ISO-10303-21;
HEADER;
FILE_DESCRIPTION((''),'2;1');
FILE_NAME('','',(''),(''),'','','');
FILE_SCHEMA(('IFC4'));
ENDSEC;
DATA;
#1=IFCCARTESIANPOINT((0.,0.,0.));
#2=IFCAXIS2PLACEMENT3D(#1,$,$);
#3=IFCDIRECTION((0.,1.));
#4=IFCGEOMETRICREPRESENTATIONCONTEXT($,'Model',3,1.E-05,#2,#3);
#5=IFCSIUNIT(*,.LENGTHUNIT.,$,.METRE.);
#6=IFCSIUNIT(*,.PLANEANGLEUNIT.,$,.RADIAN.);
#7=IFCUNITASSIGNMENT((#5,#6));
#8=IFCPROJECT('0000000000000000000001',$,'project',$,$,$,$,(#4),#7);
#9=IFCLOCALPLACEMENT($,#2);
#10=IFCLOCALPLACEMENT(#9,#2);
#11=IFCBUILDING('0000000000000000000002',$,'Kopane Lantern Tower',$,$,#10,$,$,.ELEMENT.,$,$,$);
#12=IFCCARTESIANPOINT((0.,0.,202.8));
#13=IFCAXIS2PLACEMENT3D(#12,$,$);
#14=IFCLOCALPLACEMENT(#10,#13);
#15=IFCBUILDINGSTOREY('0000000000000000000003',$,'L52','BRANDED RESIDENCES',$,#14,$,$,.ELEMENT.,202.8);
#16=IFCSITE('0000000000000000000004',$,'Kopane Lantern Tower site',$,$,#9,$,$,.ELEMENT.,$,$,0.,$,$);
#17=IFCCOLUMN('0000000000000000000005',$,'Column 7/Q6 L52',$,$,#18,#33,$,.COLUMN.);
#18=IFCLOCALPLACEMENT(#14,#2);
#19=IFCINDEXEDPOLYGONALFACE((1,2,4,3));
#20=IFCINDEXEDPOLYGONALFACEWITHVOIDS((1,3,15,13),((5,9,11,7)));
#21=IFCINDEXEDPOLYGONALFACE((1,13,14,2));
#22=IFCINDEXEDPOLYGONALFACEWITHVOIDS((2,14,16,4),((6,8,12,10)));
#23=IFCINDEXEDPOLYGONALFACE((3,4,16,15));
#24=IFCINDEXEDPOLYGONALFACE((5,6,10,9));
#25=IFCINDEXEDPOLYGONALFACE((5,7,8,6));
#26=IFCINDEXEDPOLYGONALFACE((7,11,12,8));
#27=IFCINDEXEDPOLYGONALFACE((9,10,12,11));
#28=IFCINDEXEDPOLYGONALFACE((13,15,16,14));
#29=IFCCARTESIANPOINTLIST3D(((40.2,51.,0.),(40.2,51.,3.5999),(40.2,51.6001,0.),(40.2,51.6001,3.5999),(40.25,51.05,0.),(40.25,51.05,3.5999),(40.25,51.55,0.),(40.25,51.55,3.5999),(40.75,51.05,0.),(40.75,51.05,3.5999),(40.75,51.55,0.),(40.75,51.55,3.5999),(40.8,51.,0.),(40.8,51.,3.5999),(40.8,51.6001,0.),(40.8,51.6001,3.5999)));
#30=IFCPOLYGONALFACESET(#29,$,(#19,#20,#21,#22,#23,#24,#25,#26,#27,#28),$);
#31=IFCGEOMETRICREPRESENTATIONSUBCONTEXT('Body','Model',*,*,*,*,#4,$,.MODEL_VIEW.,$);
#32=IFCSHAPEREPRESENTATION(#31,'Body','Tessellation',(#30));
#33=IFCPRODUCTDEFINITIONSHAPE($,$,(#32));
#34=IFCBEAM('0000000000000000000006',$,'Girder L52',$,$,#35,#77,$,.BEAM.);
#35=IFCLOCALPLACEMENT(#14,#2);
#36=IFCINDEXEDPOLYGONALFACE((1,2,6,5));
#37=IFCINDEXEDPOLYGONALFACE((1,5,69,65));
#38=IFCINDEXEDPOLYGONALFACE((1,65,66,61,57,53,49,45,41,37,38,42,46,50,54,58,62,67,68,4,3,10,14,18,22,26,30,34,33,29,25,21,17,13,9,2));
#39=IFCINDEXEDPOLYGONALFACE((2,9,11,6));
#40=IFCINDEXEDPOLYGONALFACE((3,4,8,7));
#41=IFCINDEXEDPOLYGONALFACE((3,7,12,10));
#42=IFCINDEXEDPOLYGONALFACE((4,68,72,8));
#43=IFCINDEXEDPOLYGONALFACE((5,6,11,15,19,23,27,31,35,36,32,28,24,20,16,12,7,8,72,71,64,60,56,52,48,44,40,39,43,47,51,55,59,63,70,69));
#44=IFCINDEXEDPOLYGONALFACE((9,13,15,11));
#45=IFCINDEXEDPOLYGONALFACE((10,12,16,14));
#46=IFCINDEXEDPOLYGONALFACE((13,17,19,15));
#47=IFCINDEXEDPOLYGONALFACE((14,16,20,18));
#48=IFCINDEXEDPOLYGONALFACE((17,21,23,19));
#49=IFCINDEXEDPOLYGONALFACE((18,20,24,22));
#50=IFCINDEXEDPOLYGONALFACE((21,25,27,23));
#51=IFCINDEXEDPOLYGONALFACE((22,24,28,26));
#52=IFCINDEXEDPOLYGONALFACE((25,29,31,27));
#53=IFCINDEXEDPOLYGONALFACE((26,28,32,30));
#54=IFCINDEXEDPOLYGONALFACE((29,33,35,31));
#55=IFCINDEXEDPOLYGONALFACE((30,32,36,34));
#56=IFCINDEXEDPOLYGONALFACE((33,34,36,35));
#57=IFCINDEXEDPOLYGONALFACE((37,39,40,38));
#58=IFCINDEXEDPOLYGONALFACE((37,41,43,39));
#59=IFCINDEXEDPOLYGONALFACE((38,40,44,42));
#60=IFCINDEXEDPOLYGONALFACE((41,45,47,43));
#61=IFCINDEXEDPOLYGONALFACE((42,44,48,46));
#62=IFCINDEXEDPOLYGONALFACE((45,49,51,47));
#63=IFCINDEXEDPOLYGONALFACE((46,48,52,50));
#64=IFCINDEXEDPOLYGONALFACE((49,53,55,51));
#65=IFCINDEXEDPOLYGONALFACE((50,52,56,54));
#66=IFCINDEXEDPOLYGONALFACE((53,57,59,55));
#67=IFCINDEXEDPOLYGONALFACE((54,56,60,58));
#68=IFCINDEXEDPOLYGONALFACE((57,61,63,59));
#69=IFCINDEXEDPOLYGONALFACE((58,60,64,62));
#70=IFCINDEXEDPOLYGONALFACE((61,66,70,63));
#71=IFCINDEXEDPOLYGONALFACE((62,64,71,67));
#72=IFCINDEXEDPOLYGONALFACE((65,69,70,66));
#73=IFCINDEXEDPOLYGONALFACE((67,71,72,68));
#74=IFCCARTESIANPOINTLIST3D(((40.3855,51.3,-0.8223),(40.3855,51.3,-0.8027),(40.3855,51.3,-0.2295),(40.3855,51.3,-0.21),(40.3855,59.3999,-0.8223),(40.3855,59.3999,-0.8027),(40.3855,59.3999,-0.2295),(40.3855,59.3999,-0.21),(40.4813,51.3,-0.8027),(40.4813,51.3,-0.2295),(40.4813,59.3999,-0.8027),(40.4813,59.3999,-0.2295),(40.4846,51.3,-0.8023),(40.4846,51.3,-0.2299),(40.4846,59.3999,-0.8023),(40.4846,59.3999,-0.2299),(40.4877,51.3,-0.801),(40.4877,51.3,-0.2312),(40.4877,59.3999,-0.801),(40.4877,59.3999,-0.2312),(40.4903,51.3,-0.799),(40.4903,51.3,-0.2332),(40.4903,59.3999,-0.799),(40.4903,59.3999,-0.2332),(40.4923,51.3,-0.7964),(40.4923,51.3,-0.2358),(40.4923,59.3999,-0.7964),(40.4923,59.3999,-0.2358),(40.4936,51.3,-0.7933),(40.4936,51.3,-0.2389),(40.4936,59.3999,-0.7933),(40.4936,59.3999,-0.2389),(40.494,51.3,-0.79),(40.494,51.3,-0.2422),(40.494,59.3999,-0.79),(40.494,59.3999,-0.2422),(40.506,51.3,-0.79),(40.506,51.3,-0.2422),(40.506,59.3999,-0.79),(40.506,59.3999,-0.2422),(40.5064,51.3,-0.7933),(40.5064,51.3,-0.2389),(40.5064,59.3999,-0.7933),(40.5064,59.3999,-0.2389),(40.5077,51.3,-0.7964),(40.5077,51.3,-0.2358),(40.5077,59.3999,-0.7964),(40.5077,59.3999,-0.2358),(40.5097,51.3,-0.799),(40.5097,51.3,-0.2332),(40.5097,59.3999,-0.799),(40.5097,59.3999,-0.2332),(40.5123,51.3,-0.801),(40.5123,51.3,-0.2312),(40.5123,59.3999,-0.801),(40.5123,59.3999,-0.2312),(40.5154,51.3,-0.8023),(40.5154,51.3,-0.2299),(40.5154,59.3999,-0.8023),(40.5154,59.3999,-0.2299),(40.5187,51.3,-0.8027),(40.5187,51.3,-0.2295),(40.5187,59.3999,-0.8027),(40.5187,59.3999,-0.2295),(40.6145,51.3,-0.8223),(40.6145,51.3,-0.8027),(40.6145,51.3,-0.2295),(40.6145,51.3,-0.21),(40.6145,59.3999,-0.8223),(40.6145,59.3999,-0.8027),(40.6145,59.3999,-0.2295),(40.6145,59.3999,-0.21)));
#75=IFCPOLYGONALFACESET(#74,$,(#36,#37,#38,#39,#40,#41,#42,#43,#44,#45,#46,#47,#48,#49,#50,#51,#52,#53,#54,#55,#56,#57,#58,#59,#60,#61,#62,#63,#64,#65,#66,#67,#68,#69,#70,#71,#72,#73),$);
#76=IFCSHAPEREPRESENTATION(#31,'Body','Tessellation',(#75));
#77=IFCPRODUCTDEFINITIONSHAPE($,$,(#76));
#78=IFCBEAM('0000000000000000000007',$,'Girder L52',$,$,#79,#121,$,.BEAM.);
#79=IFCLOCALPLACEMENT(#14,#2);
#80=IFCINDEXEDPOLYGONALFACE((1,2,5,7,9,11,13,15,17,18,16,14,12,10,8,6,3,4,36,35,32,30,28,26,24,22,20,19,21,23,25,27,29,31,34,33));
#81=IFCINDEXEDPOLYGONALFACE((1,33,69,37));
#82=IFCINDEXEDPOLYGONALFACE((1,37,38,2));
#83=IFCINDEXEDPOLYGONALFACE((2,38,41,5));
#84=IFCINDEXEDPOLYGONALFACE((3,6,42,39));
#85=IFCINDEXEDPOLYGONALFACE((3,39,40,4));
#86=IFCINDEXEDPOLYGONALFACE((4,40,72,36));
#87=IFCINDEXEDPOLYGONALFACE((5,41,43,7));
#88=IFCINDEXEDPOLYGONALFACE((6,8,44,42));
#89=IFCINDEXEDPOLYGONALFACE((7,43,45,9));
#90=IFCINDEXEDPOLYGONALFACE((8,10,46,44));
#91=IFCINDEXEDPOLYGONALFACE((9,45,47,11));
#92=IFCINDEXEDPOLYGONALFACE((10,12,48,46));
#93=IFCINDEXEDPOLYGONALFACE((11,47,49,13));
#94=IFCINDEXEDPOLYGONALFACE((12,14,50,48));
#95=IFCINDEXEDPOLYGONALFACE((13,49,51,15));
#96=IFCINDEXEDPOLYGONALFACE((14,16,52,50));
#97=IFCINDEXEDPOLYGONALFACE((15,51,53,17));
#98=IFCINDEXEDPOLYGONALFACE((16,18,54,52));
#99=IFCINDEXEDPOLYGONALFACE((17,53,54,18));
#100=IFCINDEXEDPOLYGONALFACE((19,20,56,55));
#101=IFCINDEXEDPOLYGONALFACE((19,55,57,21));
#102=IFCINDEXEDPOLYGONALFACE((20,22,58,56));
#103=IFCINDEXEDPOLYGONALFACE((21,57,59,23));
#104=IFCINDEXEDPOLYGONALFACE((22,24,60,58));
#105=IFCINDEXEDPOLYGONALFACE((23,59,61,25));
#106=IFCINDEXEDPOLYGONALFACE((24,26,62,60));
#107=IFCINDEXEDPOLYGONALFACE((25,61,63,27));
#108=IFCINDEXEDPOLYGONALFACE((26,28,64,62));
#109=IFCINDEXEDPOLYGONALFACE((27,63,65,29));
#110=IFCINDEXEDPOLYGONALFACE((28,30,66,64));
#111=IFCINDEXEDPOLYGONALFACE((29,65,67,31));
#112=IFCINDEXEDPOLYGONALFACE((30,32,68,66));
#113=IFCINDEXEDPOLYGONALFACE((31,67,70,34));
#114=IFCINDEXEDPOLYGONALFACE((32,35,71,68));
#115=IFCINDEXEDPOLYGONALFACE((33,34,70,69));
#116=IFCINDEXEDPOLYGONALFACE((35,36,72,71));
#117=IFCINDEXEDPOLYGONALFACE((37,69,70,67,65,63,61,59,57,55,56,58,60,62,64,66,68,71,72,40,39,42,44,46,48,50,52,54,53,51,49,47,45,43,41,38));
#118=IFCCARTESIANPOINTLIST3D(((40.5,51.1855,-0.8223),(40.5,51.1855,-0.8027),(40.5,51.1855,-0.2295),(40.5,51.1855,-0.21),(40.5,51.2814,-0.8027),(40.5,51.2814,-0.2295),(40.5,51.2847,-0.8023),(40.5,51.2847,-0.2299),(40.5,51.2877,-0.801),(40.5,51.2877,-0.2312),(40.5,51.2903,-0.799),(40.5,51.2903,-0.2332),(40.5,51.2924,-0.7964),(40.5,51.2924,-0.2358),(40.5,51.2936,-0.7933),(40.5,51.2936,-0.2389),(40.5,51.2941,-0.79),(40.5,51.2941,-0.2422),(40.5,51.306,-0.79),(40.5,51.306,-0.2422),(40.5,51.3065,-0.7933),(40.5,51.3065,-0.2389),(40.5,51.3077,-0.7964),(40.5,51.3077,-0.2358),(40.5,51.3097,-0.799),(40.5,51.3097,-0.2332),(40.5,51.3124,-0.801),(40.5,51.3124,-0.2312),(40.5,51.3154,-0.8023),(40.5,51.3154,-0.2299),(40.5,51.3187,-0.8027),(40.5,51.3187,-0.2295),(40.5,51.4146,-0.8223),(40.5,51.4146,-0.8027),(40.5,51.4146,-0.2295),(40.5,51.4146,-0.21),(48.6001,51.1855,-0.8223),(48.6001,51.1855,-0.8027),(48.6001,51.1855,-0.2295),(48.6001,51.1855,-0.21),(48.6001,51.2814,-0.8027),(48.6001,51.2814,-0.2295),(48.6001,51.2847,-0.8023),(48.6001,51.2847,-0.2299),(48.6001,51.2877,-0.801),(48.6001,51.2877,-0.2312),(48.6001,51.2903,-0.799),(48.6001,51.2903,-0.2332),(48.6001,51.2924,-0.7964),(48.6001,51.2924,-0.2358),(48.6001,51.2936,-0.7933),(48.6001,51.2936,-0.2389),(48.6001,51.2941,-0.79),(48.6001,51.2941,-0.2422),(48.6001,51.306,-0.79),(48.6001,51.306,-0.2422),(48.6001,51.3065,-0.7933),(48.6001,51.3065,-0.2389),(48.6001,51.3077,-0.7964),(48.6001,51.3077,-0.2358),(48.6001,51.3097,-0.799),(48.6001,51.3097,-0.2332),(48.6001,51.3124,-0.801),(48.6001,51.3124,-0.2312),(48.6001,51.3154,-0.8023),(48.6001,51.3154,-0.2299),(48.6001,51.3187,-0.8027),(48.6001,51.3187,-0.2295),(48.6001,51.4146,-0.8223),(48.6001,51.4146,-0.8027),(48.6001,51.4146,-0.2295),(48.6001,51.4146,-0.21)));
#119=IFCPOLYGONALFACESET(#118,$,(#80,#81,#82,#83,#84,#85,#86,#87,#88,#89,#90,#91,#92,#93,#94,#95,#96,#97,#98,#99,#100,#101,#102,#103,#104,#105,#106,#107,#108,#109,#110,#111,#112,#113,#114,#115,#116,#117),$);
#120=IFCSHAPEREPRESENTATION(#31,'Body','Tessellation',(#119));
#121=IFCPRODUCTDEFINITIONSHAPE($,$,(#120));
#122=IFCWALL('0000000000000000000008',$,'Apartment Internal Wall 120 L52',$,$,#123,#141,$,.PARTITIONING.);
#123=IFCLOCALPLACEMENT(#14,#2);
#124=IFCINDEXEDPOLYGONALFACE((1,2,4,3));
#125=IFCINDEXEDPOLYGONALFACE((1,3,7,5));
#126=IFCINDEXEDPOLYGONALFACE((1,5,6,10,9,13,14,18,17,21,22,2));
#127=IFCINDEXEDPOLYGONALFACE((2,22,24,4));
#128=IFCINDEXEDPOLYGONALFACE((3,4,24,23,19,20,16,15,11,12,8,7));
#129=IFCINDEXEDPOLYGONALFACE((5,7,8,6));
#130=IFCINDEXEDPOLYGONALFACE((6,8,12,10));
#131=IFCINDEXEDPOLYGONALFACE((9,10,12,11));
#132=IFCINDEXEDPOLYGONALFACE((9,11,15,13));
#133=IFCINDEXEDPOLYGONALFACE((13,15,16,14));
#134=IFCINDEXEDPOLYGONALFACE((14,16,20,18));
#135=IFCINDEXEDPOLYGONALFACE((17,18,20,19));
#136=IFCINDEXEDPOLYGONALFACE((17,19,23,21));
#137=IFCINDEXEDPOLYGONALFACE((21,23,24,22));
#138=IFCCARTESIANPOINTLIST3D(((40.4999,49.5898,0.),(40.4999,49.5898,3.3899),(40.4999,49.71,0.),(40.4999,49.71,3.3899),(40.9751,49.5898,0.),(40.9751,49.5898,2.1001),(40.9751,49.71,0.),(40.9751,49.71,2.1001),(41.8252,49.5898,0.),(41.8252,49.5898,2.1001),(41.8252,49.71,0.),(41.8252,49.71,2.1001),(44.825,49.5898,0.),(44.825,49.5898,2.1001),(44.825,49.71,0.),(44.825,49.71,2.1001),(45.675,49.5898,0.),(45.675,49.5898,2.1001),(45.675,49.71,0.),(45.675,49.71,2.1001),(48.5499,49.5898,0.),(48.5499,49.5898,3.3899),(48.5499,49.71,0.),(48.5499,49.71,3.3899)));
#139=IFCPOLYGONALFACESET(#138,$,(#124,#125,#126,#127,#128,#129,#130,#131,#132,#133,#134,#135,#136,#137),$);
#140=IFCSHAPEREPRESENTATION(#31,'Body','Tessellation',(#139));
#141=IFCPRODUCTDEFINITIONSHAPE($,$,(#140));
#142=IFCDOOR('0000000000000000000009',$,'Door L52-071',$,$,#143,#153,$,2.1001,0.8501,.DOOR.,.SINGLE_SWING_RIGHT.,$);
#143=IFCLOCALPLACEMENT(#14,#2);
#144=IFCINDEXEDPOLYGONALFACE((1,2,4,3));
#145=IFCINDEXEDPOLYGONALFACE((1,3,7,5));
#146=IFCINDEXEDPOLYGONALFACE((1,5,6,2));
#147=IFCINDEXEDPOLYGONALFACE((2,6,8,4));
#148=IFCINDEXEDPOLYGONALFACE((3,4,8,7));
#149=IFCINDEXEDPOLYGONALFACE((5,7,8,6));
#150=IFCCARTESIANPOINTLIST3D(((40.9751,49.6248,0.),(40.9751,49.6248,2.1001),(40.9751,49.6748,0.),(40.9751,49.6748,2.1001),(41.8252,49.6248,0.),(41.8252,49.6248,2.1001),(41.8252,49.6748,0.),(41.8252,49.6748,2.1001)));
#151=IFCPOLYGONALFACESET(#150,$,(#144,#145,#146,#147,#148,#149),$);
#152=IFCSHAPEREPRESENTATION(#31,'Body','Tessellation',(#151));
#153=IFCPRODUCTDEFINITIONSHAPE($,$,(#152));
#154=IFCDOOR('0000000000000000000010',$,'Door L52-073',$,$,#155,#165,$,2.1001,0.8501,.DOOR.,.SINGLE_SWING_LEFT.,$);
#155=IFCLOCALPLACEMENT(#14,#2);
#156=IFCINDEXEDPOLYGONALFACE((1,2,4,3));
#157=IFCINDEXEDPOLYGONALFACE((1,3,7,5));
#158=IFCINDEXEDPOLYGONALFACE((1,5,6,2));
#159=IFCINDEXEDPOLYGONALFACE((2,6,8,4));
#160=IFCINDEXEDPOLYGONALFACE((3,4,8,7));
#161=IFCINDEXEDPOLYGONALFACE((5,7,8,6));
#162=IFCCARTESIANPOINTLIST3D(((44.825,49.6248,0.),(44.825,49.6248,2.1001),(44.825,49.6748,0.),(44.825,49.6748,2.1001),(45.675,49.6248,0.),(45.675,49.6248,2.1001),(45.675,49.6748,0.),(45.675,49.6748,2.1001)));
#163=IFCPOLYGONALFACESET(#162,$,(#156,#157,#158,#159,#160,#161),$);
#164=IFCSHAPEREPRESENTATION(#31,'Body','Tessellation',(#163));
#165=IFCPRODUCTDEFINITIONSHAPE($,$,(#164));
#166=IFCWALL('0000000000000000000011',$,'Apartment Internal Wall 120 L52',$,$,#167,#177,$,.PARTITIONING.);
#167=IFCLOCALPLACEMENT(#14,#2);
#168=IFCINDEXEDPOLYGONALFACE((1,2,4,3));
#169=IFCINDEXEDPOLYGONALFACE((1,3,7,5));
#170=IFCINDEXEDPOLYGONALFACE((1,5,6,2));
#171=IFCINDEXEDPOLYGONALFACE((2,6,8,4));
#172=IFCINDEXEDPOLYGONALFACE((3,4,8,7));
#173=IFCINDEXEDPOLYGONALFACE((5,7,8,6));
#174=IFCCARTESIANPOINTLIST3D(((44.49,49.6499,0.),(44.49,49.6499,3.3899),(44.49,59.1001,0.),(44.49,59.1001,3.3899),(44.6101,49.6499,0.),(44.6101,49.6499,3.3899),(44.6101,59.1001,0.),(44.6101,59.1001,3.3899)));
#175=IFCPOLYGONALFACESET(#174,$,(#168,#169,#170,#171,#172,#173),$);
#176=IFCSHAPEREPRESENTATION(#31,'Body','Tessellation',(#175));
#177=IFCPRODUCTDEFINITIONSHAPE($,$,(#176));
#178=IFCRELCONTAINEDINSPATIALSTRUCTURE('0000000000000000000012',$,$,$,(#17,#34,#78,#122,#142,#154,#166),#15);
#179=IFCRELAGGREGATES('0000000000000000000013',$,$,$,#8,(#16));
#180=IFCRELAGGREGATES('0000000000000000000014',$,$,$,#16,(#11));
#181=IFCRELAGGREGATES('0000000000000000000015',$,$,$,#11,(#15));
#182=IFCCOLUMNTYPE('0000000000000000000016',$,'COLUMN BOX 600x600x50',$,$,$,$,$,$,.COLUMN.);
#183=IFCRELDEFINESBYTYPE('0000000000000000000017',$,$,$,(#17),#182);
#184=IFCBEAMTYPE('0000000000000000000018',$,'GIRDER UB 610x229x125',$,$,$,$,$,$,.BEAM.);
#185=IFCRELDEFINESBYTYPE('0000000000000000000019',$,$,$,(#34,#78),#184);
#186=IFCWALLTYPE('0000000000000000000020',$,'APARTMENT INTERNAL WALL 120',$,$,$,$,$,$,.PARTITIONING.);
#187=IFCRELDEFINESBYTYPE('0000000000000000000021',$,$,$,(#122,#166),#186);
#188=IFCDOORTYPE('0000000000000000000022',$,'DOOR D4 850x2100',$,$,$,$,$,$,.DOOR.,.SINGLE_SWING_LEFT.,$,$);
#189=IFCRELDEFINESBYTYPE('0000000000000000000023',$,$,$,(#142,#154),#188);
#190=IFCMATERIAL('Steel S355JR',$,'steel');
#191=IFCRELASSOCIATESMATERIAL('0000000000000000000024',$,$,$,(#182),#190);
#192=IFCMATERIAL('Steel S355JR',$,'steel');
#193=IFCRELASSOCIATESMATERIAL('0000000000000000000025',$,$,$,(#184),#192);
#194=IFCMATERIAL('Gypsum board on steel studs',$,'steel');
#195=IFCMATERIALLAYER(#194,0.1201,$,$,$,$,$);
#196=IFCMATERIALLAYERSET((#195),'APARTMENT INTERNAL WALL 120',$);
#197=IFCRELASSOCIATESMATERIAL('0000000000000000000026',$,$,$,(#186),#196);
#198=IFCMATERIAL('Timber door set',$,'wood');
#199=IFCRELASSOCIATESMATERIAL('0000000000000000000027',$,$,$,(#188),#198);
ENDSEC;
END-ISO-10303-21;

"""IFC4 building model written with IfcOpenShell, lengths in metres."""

from ifc_helpers import new_model, si_unit, direction, frame, frame_2d, origin, origin_2d, place, context, subcontext, project, spatial, rectangle, hollow_rectangle, i_section, extrude, material, layer, layer_set, material_profile, profile_set, type_object, element, fill, save


model = new_model("IFC4")

# Units and contexts
model_context = context("Model", 3, precision=1e-05, world=origin(), true_north=direction((0.0, 1.0)))
body_context = subcontext(model_context, "Body", "Model", "MODEL_VIEW")
ifc_project = project(units=[si_unit("LENGTHUNIT", "METRE"), si_unit("PLANEANGLEUNIT", "RADIAN")], contexts=[model_context])

# Site, building, storey
site_placement = place(None, origin())
site = spatial("IfcSite", under=ifc_project, at=site_placement, Name="Kopane Lantern Tower site", CompositionType="ELEMENT", RefElevation=0.0)
building_placement = place(site_placement, origin())
building = spatial("IfcBuilding", under=site, at=building_placement, Name="Kopane Lantern Tower", CompositionType="ELEMENT")
storey_placement = place(building_placement, frame((0.0, 0.0, 202.8)))
storey = spatial("IfcBuildingStorey", under=building, at=storey_placement, Name="L52", Description="BRANDED RESIDENCES", CompositionType="ELEMENT", Elevation=202.8)

# Column
ifc_material_1 = material(Name="Steel S355JR", Category="steel")
ifc_material_profile_1 = material_profile(ifc_material_1, hollow_rectangle(XDim=0.6001, YDim=0.6001, WallThickness=0.05, at=origin_2d()), Name="BOX 600x600x50")
ifc_profile_set_1 = profile_set([ifc_material_profile_1], Name="Steel S355JR")
column_type = type_object("IfcColumnType", Name="COLUMN BOX 600x600x50", PredefinedType="COLUMN", material=ifc_profile_set_1)
column_placement = place(storey_placement, frame((40.5, 51.3, 0.0), z_axis=(0.0, 0.0, 1.0), x_axis=(1.0, 0.0, 0.0)))
element("IfcColumn", 1, at=column_placement, inside=storey, type_object=column_type, Name="Column 7/Q6 L52", PredefinedType="COLUMN", context=body_context, shape_type="SweptSolid", body=[
    extrude(hollow_rectangle(XDim=0.6001, YDim=0.6001, WallThickness=0.05, at=origin_2d()), origin(), (0.0, 0.0, 1.0), 3.5999),
])

# Beams
ifc_material_2 = material(Name="Steel S355JR", Category="steel")
ifc_material_profile_2 = material_profile(ifc_material_2, i_section(OverallWidth=0.229, OverallDepth=0.6123, WebThickness=0.012, FlangeThickness=0.0195, FilletRadius=0.0127, at=origin_2d()), Name="UB 610x229x125")
ifc_profile_set_2 = profile_set([ifc_material_profile_2], Name="Steel S355JR")
beam_type = type_object("IfcBeamType", Name="GIRDER UB 610x229x125", PredefinedType="BEAM", material=ifc_profile_set_2)
beam_1_placement = place(storey_placement, frame((40.5, 51.3, -0.5161), z_axis=(0.0, 1.0, 0.0), x_axis=(-1.0, 0.0, 0.0)))
element("IfcBeam", 2, at=beam_1_placement, inside=storey, type_object=beam_type, Name="Girder L52", PredefinedType="BEAM", context=body_context, shape_type="SweptSolid", body=[
    extrude(i_section(OverallWidth=0.229, OverallDepth=0.6123, WebThickness=0.012, FlangeThickness=0.0195, FilletRadius=0.0127, at=origin_2d()), origin(), (0.0, 0.0, 1.0), 8.0999),
])
beam_2_placement = place(storey_placement, frame((40.5, 51.3, -0.5161), z_axis=(1.0, 0.0, 0.0), x_axis=(0.0, 1.0, 0.0)))
element("IfcBeam", 3, at=beam_2_placement, inside=storey, type_object=beam_type, Name="Girder L52", PredefinedType="BEAM", context=body_context, shape_type="SweptSolid", body=[
    extrude(i_section(OverallWidth=0.229, OverallDepth=0.6123, WebThickness=0.012, FlangeThickness=0.0195, FilletRadius=0.0127, at=origin_2d()), origin(), (0.0, 0.0, 1.0), 8.1001),
])

# Wall, openings, doors
ifc_material_3 = material(Name="Gypsum board on steel studs", Category="steel")
ifc_layer = layer(ifc_material_3, 0.1201)
ifc_layer_set = layer_set([ifc_layer], Name="APARTMENT INTERNAL WALL 120")
wall_type = type_object("IfcWallType", Name="APARTMENT INTERNAL WALL 120", PredefinedType="PARTITIONING", material=ifc_layer_set)
wall_1_placement = place(storey_placement, frame((40.5, 49.6499, 0.0), z_axis=(0.0, 0.0, 1.0), x_axis=(1.0, 0.0, 0.0)))
wall_1 = element("IfcWall", 4, at=wall_1_placement, inside=storey, type_object=wall_type, Name="Apartment Internal Wall 120 L52", PredefinedType="PARTITIONING", context=body_context, shape_type="SweptSolid", body=[
    extrude(rectangle(XDim=8.05, YDim=0.1201, at=frame_2d((4.0249, 0.0))), origin(), (0.0, 0.0, 1.0), 3.3899),
])
opening_1_placement = place(wall_1_placement, frame((0.4751, 0.0, 0.0)))
opening_1 = element("IfcOpeningElement", 5, at=opening_1_placement, cuts=wall_1, PredefinedType="OPENING", context=body_context, shape_type="SweptSolid", body=[
    extrude(rectangle(XDim=0.8501, YDim=2.1001, at=frame_2d((0.425, 1.05))), frame((0.0, 0.0701, 0.0), z_axis=(0.0, -1.0, 0.0), x_axis=(1.0, 0.0, 0.0)), (0.0, 0.0, 1.0), 0.1401),
])
opening_2_placement = place(wall_1_placement, frame((4.325, 0.0, 0.0)))
opening_2 = element("IfcOpeningElement", 6, at=opening_2_placement, cuts=wall_1, PredefinedType="OPENING", context=body_context, shape_type="SweptSolid", body=[
    extrude(rectangle(XDim=0.8501, YDim=2.1001, at=frame_2d((0.425, 1.05))), frame((0.0, 0.0701, 0.0), z_axis=(0.0, -1.0, 0.0), x_axis=(1.0, 0.0, 0.0)), (0.0, 0.0, 1.0), 0.1401),
])
ifc_material_4 = material(Name="Timber door set", Category="wood")
door_type = type_object("IfcDoorType", Name="DOOR D4 850x2100", OperationType="SINGLE_SWING_LEFT", PredefinedType="DOOR", material=ifc_material_4)
door_1_placement = place(opening_1_placement, origin())
door_1 = element("IfcDoor", 7, at=door_1_placement, inside=storey, type_object=door_type, Name="Door L52-071", OperationType="SINGLE_SWING_RIGHT", OverallHeight=2.1001, OverallWidth=0.8501, PredefinedType="DOOR", context=body_context, shape_type="SweptSolid", body=[
    extrude(rectangle(XDim=0.8501, YDim=2.1001, at=frame_2d((0.425, 1.05))), frame((0.0, 0.0249, 0.0), z_axis=(0.0, -1.0, 0.0), x_axis=(1.0, 0.0, 0.0)), (0.0, 0.0, 1.0), 0.05),
])
fill(opening_1, door_1)
door_2_placement = place(opening_2_placement, origin())
door_2 = element("IfcDoor", 8, at=door_2_placement, inside=storey, type_object=door_type, Name="Door L52-073", OperationType="SINGLE_SWING_LEFT", OverallHeight=2.1001, OverallWidth=0.8501, PredefinedType="DOOR", context=body_context, shape_type="SweptSolid", body=[
    extrude(rectangle(XDim=0.8501, YDim=2.1001, at=frame_2d((0.425, 1.05))), frame((0.0, 0.0249, 0.0), z_axis=(0.0, -1.0, 0.0), x_axis=(1.0, 0.0, 0.0)), (0.0, 0.0, 1.0), 0.05),
])
fill(opening_2, door_2)

# Wall
wall_2_placement = place(storey_placement, frame((44.55, 49.6499, 0.0), z_axis=(0.0, 0.0, 1.0), x_axis=(0.0, 1.0, 0.0)))
element("IfcWall", 9, at=wall_2_placement, inside=storey, type_object=wall_type, Name="Apartment Internal Wall 120 L52", PredefinedType="PARTITIONING", context=body_context, shape_type="SweptSolid", body=[
    extrude(rectangle(XDim=9.4502, YDim=0.1201, at=frame_2d((4.7251, 0.0))), origin(), (0.0, 0.0, 1.0), 3.3899),
])

save(model, "model.ifc")
